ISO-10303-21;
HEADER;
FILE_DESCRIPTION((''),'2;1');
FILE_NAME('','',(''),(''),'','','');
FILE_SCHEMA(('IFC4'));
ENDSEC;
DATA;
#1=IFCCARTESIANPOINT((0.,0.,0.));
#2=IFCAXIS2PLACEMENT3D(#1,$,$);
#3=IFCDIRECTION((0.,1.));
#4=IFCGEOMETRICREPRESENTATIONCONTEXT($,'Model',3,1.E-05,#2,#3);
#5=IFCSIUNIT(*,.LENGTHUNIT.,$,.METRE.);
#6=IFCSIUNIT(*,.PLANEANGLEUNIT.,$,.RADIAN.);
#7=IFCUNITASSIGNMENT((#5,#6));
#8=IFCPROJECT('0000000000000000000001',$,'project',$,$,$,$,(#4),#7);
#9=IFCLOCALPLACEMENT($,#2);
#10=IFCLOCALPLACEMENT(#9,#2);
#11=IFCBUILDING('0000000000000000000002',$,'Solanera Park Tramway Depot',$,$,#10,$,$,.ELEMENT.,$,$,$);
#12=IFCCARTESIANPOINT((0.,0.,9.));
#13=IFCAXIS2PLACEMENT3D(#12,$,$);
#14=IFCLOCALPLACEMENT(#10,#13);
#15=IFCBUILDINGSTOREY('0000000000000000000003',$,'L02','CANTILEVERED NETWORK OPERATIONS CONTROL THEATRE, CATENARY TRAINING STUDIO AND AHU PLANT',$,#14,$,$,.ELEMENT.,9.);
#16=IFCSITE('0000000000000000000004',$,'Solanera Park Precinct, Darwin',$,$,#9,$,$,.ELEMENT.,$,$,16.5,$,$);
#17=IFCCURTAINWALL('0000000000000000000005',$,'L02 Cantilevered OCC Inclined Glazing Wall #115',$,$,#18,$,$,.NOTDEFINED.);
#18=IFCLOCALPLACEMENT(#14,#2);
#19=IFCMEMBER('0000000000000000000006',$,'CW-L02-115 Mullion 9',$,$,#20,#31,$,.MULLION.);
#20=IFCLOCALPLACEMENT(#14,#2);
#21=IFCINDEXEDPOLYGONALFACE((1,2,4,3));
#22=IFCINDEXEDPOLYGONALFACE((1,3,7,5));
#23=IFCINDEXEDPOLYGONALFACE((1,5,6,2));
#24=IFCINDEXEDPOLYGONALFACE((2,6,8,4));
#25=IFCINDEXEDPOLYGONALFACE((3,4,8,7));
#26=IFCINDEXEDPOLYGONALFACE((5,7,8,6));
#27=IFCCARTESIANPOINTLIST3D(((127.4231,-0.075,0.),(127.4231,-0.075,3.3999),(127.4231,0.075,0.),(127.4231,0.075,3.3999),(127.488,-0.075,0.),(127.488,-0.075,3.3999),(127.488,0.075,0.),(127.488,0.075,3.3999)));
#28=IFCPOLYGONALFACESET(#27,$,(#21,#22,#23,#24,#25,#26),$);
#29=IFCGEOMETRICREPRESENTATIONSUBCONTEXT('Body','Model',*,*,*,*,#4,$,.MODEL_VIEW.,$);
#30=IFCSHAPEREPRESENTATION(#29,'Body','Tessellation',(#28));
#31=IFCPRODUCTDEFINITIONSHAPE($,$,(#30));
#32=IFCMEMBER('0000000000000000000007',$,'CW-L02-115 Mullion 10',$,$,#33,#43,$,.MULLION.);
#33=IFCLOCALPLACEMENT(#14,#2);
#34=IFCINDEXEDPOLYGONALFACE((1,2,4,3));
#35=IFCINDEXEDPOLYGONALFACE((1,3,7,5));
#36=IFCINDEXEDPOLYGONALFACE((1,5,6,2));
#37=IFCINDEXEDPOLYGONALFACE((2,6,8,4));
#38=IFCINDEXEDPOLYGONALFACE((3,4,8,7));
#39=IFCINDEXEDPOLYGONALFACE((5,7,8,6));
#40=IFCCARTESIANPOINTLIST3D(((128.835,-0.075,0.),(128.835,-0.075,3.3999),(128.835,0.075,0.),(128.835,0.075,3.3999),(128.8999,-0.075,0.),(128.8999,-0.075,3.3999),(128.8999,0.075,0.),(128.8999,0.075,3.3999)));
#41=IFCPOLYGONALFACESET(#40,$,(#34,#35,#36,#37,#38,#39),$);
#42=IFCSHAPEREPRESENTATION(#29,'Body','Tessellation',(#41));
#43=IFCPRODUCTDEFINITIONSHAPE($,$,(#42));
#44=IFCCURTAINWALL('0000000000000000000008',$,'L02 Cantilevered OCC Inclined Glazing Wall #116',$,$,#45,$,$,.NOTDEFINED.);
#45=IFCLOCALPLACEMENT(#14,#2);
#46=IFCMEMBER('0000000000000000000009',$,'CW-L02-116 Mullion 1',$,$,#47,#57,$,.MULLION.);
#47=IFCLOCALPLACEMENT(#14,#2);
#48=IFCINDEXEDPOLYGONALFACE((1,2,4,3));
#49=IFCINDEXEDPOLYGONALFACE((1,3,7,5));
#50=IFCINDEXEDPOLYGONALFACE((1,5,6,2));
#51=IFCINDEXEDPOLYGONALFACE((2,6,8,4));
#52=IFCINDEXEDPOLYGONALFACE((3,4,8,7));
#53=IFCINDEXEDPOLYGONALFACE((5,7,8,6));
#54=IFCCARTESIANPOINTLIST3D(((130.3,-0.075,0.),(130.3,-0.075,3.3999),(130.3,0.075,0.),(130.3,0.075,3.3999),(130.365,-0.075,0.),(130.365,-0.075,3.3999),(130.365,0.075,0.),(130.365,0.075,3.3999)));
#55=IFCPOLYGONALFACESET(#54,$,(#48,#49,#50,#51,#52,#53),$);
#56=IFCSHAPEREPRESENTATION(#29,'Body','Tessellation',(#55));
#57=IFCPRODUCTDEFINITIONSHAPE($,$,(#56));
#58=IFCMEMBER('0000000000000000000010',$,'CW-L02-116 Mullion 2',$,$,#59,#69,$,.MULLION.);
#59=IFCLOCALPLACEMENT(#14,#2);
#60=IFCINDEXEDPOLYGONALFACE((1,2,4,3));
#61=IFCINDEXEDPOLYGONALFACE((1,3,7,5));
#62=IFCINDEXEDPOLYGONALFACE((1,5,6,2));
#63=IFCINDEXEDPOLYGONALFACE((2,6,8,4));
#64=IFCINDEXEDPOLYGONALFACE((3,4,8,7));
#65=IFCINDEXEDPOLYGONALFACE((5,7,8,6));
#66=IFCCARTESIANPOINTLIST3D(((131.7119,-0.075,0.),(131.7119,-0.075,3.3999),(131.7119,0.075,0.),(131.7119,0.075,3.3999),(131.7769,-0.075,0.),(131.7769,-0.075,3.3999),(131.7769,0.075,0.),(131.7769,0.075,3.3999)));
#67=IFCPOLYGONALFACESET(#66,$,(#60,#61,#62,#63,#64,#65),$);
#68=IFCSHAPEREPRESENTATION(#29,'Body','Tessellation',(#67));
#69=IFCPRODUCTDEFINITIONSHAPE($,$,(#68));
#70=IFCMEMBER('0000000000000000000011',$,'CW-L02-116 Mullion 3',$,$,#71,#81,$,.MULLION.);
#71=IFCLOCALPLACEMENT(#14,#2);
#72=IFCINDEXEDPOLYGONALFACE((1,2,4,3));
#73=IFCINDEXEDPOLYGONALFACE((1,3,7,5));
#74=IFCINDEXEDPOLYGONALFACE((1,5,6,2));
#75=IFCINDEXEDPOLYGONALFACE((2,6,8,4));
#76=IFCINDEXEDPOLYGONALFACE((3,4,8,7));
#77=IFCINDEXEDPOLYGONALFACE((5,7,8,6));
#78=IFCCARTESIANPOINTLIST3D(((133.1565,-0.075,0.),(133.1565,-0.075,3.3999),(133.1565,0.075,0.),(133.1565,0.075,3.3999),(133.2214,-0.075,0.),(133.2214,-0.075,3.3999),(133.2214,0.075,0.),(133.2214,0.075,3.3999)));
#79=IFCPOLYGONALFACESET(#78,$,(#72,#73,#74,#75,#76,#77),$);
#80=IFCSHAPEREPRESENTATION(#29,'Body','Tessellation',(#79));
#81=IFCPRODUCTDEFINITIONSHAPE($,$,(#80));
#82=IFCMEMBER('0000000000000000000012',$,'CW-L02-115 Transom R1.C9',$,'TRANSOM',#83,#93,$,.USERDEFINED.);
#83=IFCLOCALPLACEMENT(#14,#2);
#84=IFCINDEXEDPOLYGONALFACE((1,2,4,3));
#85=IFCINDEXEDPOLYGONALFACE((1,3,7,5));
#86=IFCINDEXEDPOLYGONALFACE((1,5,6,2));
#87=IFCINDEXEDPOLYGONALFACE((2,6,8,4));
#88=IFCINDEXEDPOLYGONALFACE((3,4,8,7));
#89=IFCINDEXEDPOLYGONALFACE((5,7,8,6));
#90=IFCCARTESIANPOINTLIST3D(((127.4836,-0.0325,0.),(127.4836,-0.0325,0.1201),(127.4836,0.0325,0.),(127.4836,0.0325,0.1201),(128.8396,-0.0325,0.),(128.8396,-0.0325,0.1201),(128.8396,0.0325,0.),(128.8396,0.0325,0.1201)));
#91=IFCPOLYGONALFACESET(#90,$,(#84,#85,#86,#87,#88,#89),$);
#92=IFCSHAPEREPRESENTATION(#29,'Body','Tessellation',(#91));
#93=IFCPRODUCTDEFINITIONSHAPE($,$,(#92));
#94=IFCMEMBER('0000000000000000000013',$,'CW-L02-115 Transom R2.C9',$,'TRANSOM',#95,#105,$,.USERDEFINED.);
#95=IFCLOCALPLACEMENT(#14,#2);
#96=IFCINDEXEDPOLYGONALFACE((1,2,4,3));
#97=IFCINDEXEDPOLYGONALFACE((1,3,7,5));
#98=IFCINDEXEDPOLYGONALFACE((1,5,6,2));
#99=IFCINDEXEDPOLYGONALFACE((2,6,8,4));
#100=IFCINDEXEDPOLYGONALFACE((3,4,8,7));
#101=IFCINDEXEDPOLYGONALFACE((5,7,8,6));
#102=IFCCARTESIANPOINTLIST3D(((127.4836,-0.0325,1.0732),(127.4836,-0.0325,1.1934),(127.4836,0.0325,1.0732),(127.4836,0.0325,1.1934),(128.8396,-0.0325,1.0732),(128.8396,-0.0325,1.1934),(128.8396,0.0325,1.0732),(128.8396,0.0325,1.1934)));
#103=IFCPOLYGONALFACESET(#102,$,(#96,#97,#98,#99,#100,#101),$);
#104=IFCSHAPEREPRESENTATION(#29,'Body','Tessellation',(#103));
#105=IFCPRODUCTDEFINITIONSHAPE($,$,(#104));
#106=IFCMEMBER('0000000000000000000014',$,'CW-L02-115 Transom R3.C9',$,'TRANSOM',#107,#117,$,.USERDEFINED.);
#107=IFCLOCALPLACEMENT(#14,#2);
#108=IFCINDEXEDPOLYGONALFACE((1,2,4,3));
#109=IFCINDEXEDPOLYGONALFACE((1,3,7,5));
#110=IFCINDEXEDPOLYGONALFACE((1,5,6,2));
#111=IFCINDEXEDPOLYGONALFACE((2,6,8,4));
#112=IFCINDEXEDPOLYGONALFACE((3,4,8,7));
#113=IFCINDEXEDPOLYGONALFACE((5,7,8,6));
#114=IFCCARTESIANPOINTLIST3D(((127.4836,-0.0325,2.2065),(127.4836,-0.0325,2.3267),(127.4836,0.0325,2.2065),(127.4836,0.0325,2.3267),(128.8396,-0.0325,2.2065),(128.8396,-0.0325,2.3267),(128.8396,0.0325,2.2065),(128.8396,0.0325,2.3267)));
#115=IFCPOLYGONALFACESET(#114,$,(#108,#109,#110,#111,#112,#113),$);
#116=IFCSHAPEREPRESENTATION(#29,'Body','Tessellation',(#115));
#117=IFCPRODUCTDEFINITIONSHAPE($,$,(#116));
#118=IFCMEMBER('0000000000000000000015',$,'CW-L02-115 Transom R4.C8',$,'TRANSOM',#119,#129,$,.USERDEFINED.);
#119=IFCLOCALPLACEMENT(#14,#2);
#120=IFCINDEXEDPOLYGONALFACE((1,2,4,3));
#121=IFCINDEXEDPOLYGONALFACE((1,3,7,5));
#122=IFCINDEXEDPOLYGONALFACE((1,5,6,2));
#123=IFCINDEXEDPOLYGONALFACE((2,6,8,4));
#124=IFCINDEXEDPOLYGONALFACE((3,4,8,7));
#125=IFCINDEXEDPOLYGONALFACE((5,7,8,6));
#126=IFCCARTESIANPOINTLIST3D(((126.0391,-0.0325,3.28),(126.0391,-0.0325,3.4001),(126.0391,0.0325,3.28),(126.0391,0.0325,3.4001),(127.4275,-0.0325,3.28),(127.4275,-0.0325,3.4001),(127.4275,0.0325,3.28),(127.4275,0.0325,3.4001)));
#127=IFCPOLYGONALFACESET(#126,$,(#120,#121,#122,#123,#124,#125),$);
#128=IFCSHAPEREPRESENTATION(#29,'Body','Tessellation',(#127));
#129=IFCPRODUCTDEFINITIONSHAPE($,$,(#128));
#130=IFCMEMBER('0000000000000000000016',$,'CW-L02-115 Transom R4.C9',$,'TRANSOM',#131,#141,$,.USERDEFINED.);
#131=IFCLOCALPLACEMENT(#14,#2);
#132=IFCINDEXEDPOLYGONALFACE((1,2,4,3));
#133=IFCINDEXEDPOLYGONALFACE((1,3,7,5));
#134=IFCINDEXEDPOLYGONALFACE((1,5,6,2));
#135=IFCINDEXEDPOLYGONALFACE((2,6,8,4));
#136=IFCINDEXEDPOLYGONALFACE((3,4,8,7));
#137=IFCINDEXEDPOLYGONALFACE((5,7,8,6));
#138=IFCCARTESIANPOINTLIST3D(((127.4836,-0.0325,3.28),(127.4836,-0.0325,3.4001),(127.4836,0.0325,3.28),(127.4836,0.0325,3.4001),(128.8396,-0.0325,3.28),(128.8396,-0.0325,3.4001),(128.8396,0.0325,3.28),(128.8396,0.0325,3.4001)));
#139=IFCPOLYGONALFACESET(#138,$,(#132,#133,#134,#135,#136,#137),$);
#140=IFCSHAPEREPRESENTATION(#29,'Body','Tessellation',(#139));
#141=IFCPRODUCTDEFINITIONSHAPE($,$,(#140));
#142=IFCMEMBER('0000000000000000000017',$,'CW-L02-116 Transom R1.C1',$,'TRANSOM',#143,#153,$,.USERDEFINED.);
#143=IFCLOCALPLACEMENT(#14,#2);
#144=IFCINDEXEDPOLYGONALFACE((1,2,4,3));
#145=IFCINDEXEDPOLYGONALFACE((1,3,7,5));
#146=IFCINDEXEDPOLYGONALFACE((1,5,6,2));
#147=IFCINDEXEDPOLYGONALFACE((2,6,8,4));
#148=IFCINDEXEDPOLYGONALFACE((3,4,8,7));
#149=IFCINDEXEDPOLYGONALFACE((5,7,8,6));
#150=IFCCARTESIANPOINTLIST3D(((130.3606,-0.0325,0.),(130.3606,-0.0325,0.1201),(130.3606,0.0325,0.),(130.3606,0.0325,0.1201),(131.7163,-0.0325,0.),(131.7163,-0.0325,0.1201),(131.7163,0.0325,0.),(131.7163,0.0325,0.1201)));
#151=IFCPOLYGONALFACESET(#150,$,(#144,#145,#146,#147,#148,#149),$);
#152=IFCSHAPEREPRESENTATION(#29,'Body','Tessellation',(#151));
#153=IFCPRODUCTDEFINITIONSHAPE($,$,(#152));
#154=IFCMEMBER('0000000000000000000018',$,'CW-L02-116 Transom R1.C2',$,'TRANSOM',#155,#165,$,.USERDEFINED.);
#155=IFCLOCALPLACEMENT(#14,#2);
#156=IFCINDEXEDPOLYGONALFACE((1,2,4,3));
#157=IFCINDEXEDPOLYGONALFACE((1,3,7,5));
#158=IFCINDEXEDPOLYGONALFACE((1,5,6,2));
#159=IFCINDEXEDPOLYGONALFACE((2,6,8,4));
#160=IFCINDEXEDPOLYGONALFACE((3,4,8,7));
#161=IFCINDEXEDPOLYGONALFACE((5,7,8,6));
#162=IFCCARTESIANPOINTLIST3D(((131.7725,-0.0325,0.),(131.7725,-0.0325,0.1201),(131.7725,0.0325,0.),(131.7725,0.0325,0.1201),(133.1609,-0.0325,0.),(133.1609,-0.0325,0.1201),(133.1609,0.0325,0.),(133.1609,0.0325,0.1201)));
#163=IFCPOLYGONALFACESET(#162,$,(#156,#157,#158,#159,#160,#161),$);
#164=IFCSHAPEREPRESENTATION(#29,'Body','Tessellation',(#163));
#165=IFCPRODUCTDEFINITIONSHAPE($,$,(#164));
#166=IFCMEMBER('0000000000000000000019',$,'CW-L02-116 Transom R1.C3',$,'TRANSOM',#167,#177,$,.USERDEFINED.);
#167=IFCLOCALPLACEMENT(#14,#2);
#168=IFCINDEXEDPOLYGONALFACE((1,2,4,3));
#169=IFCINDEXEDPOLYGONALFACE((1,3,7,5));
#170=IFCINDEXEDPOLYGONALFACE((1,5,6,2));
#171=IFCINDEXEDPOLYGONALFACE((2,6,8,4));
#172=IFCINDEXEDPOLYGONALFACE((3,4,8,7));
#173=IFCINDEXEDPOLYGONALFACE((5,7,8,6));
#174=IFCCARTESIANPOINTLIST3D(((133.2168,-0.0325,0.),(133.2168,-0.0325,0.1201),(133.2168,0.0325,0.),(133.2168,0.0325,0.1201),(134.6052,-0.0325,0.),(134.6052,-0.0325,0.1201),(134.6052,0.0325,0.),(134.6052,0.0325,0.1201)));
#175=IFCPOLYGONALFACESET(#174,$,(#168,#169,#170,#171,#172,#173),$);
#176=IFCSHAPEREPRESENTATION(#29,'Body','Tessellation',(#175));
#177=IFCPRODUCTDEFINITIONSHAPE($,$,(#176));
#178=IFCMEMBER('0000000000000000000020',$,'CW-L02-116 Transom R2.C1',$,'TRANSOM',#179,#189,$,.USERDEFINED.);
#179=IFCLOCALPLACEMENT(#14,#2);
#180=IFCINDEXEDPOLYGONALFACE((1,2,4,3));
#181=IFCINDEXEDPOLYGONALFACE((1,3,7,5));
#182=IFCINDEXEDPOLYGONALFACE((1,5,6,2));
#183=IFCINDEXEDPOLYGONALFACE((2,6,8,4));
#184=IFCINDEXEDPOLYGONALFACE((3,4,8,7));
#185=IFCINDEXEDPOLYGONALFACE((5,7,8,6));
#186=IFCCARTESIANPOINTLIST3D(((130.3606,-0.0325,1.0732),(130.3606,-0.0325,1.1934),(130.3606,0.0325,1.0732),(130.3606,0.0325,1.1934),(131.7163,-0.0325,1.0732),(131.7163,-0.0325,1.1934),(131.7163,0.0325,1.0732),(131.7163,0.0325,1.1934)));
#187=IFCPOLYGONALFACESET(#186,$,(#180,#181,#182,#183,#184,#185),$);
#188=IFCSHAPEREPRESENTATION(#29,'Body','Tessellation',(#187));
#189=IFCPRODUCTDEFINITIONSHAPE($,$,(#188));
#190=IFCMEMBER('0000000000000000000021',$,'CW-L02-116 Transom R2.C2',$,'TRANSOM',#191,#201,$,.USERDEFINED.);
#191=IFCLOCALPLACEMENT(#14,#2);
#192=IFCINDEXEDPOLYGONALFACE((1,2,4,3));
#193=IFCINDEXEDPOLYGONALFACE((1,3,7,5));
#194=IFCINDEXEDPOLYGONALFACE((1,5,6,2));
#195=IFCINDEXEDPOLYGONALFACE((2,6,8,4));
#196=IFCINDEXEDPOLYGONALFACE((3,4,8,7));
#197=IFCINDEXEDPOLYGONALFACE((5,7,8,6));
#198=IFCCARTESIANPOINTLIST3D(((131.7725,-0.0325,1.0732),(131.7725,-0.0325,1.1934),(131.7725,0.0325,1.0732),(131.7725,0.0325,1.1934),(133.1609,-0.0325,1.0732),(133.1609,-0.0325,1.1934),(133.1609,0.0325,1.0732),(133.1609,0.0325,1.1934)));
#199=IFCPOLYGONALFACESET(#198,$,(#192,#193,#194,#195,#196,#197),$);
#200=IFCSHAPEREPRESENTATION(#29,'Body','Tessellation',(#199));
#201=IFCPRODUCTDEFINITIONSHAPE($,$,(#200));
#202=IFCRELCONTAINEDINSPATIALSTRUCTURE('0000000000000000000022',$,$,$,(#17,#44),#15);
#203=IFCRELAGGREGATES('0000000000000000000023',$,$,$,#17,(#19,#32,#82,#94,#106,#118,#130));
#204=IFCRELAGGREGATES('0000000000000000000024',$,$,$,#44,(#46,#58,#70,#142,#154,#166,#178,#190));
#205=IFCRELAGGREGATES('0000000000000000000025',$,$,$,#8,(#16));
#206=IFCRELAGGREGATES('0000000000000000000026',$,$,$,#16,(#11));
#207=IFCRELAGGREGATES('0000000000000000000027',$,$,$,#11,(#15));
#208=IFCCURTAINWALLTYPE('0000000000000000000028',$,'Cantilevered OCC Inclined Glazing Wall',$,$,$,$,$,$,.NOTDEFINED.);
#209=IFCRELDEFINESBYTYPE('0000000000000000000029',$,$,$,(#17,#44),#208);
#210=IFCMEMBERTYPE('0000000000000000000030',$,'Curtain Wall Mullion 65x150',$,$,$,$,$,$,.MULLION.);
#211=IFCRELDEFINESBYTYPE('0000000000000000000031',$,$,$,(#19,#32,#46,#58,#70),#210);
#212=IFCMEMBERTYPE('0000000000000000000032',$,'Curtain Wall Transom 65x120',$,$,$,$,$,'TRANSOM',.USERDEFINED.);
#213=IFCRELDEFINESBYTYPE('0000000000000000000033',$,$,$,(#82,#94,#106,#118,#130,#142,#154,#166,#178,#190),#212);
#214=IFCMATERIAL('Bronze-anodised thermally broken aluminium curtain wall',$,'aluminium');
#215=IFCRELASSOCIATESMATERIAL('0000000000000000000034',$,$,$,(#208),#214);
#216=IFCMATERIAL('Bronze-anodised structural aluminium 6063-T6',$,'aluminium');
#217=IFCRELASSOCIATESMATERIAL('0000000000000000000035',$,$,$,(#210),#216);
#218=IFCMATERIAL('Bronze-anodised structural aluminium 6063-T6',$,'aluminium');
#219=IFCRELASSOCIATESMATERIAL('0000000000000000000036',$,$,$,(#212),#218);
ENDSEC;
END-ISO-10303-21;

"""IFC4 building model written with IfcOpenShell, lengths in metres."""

from ifc_helpers import new_model, si_unit, direction, frame, origin, origin_2d, place, context, subcontext, project, spatial, rectangle, extrude, material, material_profile, profile_set, type_object, element, aggregate, save


model = new_model("IFC4")

# Units and contexts
model_context = context("Model", 3, precision=1e-05, world=origin(), true_north=direction((0.0, 1.0)))
body_context = subcontext(model_context, "Body", "Model", "MODEL_VIEW")
ifc_project = project(units=[si_unit("LENGTHUNIT", "METRE"), si_unit("PLANEANGLEUNIT", "RADIAN")], contexts=[model_context])

# Site, building, storey
site_placement = place(None, origin())
site = spatial("IfcSite", under=ifc_project, at=site_placement, Name="Solanera Park Precinct, Darwin", CompositionType="ELEMENT", RefElevation=16.5)
building_placement = place(site_placement, origin())
building = spatial("IfcBuilding", under=site, at=building_placement, Name="Solanera Park Tramway Depot", CompositionType="ELEMENT")
storey_placement = place(building_placement, frame((0.0, 0.0, 9.0)))
storey = spatial("IfcBuildingStorey", under=building, at=storey_placement, Name="L02", Description="CANTILEVERED NETWORK OPERATIONS CONTROL THEATRE, CATENARY TRAINING STUDIO AND AHU PLANT", CompositionType="ELEMENT", Elevation=9.0)

# Curtain walls, members
ifc_material_1 = material(Name="Bronze-anodised thermally broken aluminium curtain wall", Category="aluminium")
curtain_wall_type = type_object("IfcCurtainWallType", Name="Cantilevered OCC Inclined Glazing Wall", PredefinedType="NOTDEFINED", material=ifc_material_1)
curtain_wall_1_placement = place(storey_placement, origin())
curtain_wall_1 = element("IfcCurtainWall", 1, at=curtain_wall_1_placement, inside=storey, type_object=curtain_wall_type, Name="L02 Cantilevered OCC Inclined Glazing Wall #115", PredefinedType="NOTDEFINED")
ifc_material_2 = material(Name="Bronze-anodised structural aluminium 6063-T6", Category="aluminium")
ifc_material_profile_1 = material_profile(ifc_material_2, rectangle(XDim=0.0649, YDim=0.1499, at=origin_2d()), Name="Curtain Wall Mullion 65x150")
ifc_profile_set_1 = profile_set([ifc_material_profile_1], Name="Bronze-anodised structural aluminium 6063-T6")
member_type_1 = type_object("IfcMemberType", Name="Curtain Wall Mullion 65x150", PredefinedType="MULLION", material=ifc_profile_set_1)
member_1_placement = place(storey_placement, frame((127.4556, 0.0, 0.0), z_axis=(0.0, 0.0, 1.0), x_axis=(1.0, 0.0, 0.0)))
member_1 = element("IfcMember", 2, at=member_1_placement, type_object=member_type_1, Name="CW-L02-115 Mullion 9", PredefinedType="MULLION", context=body_context, shape_type="SweptSolid", body=[
    extrude(rectangle(XDim=0.0649, YDim=0.1499, at=origin_2d()), origin(), (0.0, 0.0, 1.0), 3.3999),
])
member_2_placement = place(storey_placement, frame((128.8674, 0.0, 0.0), z_axis=(0.0, 0.0, 1.0), x_axis=(1.0, 0.0, 0.0)))
member_2 = element("IfcMember", 3, at=member_2_placement, type_object=member_type_1, Name="CW-L02-115 Mullion 10", PredefinedType="MULLION", context=body_context, shape_type="SweptSolid", body=[
    extrude(rectangle(XDim=0.0649, YDim=0.1499, at=origin_2d()), origin(), (0.0, 0.0, 1.0), 3.3999),
])
curtain_wall_2_placement = place(storey_placement, origin())
curtain_wall_2 = element("IfcCurtainWall", 4, at=curtain_wall_2_placement, inside=storey, type_object=curtain_wall_type, Name="L02 Cantilevered OCC Inclined Glazing Wall #116", PredefinedType="NOTDEFINED")
member_3_placement = place(storey_placement, frame((130.3325, 0.0, 0.0), z_axis=(0.0, 0.0, 1.0), x_axis=(1.0, 0.0, 0.0)))
member_3 = element("IfcMember", 5, at=member_3_placement, type_object=member_type_1, Name="CW-L02-116 Mullion 1", PredefinedType="MULLION", context=body_context, shape_type="SweptSolid", body=[
    extrude(rectangle(XDim=0.0649, YDim=0.1499, at=origin_2d()), origin(), (0.0, 0.0, 1.0), 3.3999),
])
member_4_placement = place(storey_placement, frame((131.7444, 0.0, 0.0), z_axis=(0.0, 0.0, 1.0), x_axis=(1.0, 0.0, 0.0)))
member_4 = element("IfcMember", 6, at=member_4_placement, type_object=member_type_1, Name="CW-L02-116 Mullion 2", PredefinedType="MULLION", context=body_context, shape_type="SweptSolid", body=[
    extrude(rectangle(XDim=0.0649, YDim=0.1499, at=origin_2d()), origin(), (0.0, 0.0, 1.0), 3.3999),
])
member_5_placement = place(storey_placement, frame((133.189, 0.0, 0.0), z_axis=(0.0, 0.0, 1.0), x_axis=(1.0, 0.0, 0.0)))
member_5 = element("IfcMember", 7, at=member_5_placement, type_object=member_type_1, Name="CW-L02-116 Mullion 3", PredefinedType="MULLION", context=body_context, shape_type="SweptSolid", body=[
    extrude(rectangle(XDim=0.0649, YDim=0.1499, at=origin_2d()), origin(), (0.0, 0.0, 1.0), 3.3999),
])

# Members
ifc_material_3 = material(Name="Bronze-anodised structural aluminium 6063-T6", Category="aluminium")
ifc_material_profile_2 = material_profile(ifc_material_3, rectangle(XDim=0.0649, YDim=0.1201, at=origin_2d()), Name="Curtain Wall Transom 65x120")
ifc_profile_set_2 = profile_set([ifc_material_profile_2], Name="Bronze-anodised structural aluminium 6063-T6")
member_type_2 = type_object("IfcMemberType", Name="Curtain Wall Transom 65x120", ElementType="TRANSOM", PredefinedType="USERDEFINED", material=ifc_profile_set_2)
member_6_placement = place(storey_placement, frame((127.4836, 0.0, 0.0601), z_axis=(1.0, 0.0, 0.0), x_axis=(0.0, 1.0, 0.0)))
member_6 = element("IfcMember", 8, at=member_6_placement, type_object=member_type_2, Name="CW-L02-115 Transom R1.C9", ObjectType="TRANSOM", PredefinedType="USERDEFINED", context=body_context, shape_type="SweptSolid", body=[
    extrude(rectangle(XDim=0.0649, YDim=0.1201, at=origin_2d()), origin(), (0.0, 0.0, 1.0), 1.356),
])
member_7_placement = place(storey_placement, frame((127.4836, 0.0, 1.1333), z_axis=(1.0, 0.0, 0.0), x_axis=(0.0, 1.0, 0.0)))
member_7 = element("IfcMember", 9, at=member_7_placement, type_object=member_type_2, Name="CW-L02-115 Transom R2.C9", ObjectType="TRANSOM", PredefinedType="USERDEFINED", context=body_context, shape_type="SweptSolid", body=[
    extrude(rectangle(XDim=0.0649, YDim=0.1201, at=origin_2d()), origin(), (0.0, 0.0, 1.0), 1.356),
])
member_8_placement = place(storey_placement, frame((127.4836, 0.0, 2.2666), z_axis=(1.0, 0.0, 0.0), x_axis=(0.0, 1.0, 0.0)))
member_8 = element("IfcMember", 10, at=member_8_placement, type_object=member_type_2, Name="CW-L02-115 Transom R3.C9", ObjectType="TRANSOM", PredefinedType="USERDEFINED", context=body_context, shape_type="SweptSolid", body=[
    extrude(rectangle(XDim=0.0649, YDim=0.1201, at=origin_2d()), origin(), (0.0, 0.0, 1.0), 1.356),
])
member_9_placement = place(storey_placement, frame((126.0391, 0.0, 3.3401), z_axis=(1.0, 0.0, 0.0), x_axis=(0.0, 1.0, 0.0)))
member_9 = element("IfcMember", 11, at=member_9_placement, type_object=member_type_2, Name="CW-L02-115 Transom R4.C8", ObjectType="TRANSOM", PredefinedType="USERDEFINED", context=body_context, shape_type="SweptSolid", body=[
    extrude(rectangle(XDim=0.0649, YDim=0.1201, at=origin_2d()), origin(), (0.0, 0.0, 1.0), 1.3884),
])
member_10_placement = place(storey_placement, frame((127.4836, 0.0, 3.3401), z_axis=(1.0, 0.0, 0.0), x_axis=(0.0, 1.0, 0.0)))
member_10 = element("IfcMember", 12, at=member_10_placement, type_object=member_type_2, Name="CW-L02-115 Transom R4.C9", ObjectType="TRANSOM", PredefinedType="USERDEFINED", context=body_context, shape_type="SweptSolid", body=[
    extrude(rectangle(XDim=0.0649, YDim=0.1201, at=origin_2d()), origin(), (0.0, 0.0, 1.0), 1.356),
])
member_11_placement = place(storey_placement, frame((130.3606, 0.0, 0.0601), z_axis=(1.0, 0.0, 0.0), x_axis=(0.0, 1.0, 0.0)))
member_11 = element("IfcMember", 13, at=member_11_placement, type_object=member_type_2, Name="CW-L02-116 Transom R1.C1", ObjectType="TRANSOM", PredefinedType="USERDEFINED", context=body_context, shape_type="SweptSolid", body=[
    extrude(rectangle(XDim=0.0649, YDim=0.1201, at=origin_2d()), origin(), (0.0, 0.0, 1.0), 1.3557),
])
member_12_placement = place(storey_placement, frame((131.7725, 0.0, 0.0601), z_axis=(1.0, 0.0, 0.0), x_axis=(0.0, 1.0, 0.0)))
member_12 = element("IfcMember", 14, at=member_12_placement, type_object=member_type_2, Name="CW-L02-116 Transom R1.C2", ObjectType="TRANSOM", PredefinedType="USERDEFINED", context=body_context, shape_type="SweptSolid", body=[
    extrude(rectangle(XDim=0.0649, YDim=0.1201, at=origin_2d()), origin(), (0.0, 0.0, 1.0), 1.3884),
])
member_13_placement = place(storey_placement, frame((133.2168, 0.0, 0.0601), z_axis=(1.0, 0.0, 0.0), x_axis=(0.0, 1.0, 0.0)))
member_13 = element("IfcMember", 15, at=member_13_placement, type_object=member_type_2, Name="CW-L02-116 Transom R1.C3", ObjectType="TRANSOM", PredefinedType="USERDEFINED", context=body_context, shape_type="SweptSolid", body=[
    extrude(rectangle(XDim=0.0649, YDim=0.1201, at=origin_2d()), origin(), (0.0, 0.0, 1.0), 1.3884),
])
member_14_placement = place(storey_placement, frame((130.3606, 0.0, 1.1333), z_axis=(1.0, 0.0, 0.0), x_axis=(0.0, 1.0, 0.0)))
member_14 = element("IfcMember", 16, at=member_14_placement, type_object=member_type_2, Name="CW-L02-116 Transom R2.C1", ObjectType="TRANSOM", PredefinedType="USERDEFINED", context=body_context, shape_type="SweptSolid", body=[
    extrude(rectangle(XDim=0.0649, YDim=0.1201, at=origin_2d()), origin(), (0.0, 0.0, 1.0), 1.3557),
])
member_15_placement = place(storey_placement, frame((131.7725, 0.0, 1.1333), z_axis=(1.0, 0.0, 0.0), x_axis=(0.0, 1.0, 0.0)))
member_15 = element("IfcMember", 17, at=member_15_placement, type_object=member_type_2, Name="CW-L02-116 Transom R2.C2", ObjectType="TRANSOM", PredefinedType="USERDEFINED", context=body_context, shape_type="SweptSolid", body=[
    extrude(rectangle(XDim=0.0649, YDim=0.1201, at=origin_2d()), origin(), (0.0, 0.0, 1.0), 1.3884),
])

aggregate(curtain_wall_1, [member_1, member_2, member_6, member_7, member_8, member_9, member_10])
aggregate(curtain_wall_2, [member_3, member_4, member_5, member_11, member_12, member_13, member_14, member_15])

save(model, "model.ifc")
